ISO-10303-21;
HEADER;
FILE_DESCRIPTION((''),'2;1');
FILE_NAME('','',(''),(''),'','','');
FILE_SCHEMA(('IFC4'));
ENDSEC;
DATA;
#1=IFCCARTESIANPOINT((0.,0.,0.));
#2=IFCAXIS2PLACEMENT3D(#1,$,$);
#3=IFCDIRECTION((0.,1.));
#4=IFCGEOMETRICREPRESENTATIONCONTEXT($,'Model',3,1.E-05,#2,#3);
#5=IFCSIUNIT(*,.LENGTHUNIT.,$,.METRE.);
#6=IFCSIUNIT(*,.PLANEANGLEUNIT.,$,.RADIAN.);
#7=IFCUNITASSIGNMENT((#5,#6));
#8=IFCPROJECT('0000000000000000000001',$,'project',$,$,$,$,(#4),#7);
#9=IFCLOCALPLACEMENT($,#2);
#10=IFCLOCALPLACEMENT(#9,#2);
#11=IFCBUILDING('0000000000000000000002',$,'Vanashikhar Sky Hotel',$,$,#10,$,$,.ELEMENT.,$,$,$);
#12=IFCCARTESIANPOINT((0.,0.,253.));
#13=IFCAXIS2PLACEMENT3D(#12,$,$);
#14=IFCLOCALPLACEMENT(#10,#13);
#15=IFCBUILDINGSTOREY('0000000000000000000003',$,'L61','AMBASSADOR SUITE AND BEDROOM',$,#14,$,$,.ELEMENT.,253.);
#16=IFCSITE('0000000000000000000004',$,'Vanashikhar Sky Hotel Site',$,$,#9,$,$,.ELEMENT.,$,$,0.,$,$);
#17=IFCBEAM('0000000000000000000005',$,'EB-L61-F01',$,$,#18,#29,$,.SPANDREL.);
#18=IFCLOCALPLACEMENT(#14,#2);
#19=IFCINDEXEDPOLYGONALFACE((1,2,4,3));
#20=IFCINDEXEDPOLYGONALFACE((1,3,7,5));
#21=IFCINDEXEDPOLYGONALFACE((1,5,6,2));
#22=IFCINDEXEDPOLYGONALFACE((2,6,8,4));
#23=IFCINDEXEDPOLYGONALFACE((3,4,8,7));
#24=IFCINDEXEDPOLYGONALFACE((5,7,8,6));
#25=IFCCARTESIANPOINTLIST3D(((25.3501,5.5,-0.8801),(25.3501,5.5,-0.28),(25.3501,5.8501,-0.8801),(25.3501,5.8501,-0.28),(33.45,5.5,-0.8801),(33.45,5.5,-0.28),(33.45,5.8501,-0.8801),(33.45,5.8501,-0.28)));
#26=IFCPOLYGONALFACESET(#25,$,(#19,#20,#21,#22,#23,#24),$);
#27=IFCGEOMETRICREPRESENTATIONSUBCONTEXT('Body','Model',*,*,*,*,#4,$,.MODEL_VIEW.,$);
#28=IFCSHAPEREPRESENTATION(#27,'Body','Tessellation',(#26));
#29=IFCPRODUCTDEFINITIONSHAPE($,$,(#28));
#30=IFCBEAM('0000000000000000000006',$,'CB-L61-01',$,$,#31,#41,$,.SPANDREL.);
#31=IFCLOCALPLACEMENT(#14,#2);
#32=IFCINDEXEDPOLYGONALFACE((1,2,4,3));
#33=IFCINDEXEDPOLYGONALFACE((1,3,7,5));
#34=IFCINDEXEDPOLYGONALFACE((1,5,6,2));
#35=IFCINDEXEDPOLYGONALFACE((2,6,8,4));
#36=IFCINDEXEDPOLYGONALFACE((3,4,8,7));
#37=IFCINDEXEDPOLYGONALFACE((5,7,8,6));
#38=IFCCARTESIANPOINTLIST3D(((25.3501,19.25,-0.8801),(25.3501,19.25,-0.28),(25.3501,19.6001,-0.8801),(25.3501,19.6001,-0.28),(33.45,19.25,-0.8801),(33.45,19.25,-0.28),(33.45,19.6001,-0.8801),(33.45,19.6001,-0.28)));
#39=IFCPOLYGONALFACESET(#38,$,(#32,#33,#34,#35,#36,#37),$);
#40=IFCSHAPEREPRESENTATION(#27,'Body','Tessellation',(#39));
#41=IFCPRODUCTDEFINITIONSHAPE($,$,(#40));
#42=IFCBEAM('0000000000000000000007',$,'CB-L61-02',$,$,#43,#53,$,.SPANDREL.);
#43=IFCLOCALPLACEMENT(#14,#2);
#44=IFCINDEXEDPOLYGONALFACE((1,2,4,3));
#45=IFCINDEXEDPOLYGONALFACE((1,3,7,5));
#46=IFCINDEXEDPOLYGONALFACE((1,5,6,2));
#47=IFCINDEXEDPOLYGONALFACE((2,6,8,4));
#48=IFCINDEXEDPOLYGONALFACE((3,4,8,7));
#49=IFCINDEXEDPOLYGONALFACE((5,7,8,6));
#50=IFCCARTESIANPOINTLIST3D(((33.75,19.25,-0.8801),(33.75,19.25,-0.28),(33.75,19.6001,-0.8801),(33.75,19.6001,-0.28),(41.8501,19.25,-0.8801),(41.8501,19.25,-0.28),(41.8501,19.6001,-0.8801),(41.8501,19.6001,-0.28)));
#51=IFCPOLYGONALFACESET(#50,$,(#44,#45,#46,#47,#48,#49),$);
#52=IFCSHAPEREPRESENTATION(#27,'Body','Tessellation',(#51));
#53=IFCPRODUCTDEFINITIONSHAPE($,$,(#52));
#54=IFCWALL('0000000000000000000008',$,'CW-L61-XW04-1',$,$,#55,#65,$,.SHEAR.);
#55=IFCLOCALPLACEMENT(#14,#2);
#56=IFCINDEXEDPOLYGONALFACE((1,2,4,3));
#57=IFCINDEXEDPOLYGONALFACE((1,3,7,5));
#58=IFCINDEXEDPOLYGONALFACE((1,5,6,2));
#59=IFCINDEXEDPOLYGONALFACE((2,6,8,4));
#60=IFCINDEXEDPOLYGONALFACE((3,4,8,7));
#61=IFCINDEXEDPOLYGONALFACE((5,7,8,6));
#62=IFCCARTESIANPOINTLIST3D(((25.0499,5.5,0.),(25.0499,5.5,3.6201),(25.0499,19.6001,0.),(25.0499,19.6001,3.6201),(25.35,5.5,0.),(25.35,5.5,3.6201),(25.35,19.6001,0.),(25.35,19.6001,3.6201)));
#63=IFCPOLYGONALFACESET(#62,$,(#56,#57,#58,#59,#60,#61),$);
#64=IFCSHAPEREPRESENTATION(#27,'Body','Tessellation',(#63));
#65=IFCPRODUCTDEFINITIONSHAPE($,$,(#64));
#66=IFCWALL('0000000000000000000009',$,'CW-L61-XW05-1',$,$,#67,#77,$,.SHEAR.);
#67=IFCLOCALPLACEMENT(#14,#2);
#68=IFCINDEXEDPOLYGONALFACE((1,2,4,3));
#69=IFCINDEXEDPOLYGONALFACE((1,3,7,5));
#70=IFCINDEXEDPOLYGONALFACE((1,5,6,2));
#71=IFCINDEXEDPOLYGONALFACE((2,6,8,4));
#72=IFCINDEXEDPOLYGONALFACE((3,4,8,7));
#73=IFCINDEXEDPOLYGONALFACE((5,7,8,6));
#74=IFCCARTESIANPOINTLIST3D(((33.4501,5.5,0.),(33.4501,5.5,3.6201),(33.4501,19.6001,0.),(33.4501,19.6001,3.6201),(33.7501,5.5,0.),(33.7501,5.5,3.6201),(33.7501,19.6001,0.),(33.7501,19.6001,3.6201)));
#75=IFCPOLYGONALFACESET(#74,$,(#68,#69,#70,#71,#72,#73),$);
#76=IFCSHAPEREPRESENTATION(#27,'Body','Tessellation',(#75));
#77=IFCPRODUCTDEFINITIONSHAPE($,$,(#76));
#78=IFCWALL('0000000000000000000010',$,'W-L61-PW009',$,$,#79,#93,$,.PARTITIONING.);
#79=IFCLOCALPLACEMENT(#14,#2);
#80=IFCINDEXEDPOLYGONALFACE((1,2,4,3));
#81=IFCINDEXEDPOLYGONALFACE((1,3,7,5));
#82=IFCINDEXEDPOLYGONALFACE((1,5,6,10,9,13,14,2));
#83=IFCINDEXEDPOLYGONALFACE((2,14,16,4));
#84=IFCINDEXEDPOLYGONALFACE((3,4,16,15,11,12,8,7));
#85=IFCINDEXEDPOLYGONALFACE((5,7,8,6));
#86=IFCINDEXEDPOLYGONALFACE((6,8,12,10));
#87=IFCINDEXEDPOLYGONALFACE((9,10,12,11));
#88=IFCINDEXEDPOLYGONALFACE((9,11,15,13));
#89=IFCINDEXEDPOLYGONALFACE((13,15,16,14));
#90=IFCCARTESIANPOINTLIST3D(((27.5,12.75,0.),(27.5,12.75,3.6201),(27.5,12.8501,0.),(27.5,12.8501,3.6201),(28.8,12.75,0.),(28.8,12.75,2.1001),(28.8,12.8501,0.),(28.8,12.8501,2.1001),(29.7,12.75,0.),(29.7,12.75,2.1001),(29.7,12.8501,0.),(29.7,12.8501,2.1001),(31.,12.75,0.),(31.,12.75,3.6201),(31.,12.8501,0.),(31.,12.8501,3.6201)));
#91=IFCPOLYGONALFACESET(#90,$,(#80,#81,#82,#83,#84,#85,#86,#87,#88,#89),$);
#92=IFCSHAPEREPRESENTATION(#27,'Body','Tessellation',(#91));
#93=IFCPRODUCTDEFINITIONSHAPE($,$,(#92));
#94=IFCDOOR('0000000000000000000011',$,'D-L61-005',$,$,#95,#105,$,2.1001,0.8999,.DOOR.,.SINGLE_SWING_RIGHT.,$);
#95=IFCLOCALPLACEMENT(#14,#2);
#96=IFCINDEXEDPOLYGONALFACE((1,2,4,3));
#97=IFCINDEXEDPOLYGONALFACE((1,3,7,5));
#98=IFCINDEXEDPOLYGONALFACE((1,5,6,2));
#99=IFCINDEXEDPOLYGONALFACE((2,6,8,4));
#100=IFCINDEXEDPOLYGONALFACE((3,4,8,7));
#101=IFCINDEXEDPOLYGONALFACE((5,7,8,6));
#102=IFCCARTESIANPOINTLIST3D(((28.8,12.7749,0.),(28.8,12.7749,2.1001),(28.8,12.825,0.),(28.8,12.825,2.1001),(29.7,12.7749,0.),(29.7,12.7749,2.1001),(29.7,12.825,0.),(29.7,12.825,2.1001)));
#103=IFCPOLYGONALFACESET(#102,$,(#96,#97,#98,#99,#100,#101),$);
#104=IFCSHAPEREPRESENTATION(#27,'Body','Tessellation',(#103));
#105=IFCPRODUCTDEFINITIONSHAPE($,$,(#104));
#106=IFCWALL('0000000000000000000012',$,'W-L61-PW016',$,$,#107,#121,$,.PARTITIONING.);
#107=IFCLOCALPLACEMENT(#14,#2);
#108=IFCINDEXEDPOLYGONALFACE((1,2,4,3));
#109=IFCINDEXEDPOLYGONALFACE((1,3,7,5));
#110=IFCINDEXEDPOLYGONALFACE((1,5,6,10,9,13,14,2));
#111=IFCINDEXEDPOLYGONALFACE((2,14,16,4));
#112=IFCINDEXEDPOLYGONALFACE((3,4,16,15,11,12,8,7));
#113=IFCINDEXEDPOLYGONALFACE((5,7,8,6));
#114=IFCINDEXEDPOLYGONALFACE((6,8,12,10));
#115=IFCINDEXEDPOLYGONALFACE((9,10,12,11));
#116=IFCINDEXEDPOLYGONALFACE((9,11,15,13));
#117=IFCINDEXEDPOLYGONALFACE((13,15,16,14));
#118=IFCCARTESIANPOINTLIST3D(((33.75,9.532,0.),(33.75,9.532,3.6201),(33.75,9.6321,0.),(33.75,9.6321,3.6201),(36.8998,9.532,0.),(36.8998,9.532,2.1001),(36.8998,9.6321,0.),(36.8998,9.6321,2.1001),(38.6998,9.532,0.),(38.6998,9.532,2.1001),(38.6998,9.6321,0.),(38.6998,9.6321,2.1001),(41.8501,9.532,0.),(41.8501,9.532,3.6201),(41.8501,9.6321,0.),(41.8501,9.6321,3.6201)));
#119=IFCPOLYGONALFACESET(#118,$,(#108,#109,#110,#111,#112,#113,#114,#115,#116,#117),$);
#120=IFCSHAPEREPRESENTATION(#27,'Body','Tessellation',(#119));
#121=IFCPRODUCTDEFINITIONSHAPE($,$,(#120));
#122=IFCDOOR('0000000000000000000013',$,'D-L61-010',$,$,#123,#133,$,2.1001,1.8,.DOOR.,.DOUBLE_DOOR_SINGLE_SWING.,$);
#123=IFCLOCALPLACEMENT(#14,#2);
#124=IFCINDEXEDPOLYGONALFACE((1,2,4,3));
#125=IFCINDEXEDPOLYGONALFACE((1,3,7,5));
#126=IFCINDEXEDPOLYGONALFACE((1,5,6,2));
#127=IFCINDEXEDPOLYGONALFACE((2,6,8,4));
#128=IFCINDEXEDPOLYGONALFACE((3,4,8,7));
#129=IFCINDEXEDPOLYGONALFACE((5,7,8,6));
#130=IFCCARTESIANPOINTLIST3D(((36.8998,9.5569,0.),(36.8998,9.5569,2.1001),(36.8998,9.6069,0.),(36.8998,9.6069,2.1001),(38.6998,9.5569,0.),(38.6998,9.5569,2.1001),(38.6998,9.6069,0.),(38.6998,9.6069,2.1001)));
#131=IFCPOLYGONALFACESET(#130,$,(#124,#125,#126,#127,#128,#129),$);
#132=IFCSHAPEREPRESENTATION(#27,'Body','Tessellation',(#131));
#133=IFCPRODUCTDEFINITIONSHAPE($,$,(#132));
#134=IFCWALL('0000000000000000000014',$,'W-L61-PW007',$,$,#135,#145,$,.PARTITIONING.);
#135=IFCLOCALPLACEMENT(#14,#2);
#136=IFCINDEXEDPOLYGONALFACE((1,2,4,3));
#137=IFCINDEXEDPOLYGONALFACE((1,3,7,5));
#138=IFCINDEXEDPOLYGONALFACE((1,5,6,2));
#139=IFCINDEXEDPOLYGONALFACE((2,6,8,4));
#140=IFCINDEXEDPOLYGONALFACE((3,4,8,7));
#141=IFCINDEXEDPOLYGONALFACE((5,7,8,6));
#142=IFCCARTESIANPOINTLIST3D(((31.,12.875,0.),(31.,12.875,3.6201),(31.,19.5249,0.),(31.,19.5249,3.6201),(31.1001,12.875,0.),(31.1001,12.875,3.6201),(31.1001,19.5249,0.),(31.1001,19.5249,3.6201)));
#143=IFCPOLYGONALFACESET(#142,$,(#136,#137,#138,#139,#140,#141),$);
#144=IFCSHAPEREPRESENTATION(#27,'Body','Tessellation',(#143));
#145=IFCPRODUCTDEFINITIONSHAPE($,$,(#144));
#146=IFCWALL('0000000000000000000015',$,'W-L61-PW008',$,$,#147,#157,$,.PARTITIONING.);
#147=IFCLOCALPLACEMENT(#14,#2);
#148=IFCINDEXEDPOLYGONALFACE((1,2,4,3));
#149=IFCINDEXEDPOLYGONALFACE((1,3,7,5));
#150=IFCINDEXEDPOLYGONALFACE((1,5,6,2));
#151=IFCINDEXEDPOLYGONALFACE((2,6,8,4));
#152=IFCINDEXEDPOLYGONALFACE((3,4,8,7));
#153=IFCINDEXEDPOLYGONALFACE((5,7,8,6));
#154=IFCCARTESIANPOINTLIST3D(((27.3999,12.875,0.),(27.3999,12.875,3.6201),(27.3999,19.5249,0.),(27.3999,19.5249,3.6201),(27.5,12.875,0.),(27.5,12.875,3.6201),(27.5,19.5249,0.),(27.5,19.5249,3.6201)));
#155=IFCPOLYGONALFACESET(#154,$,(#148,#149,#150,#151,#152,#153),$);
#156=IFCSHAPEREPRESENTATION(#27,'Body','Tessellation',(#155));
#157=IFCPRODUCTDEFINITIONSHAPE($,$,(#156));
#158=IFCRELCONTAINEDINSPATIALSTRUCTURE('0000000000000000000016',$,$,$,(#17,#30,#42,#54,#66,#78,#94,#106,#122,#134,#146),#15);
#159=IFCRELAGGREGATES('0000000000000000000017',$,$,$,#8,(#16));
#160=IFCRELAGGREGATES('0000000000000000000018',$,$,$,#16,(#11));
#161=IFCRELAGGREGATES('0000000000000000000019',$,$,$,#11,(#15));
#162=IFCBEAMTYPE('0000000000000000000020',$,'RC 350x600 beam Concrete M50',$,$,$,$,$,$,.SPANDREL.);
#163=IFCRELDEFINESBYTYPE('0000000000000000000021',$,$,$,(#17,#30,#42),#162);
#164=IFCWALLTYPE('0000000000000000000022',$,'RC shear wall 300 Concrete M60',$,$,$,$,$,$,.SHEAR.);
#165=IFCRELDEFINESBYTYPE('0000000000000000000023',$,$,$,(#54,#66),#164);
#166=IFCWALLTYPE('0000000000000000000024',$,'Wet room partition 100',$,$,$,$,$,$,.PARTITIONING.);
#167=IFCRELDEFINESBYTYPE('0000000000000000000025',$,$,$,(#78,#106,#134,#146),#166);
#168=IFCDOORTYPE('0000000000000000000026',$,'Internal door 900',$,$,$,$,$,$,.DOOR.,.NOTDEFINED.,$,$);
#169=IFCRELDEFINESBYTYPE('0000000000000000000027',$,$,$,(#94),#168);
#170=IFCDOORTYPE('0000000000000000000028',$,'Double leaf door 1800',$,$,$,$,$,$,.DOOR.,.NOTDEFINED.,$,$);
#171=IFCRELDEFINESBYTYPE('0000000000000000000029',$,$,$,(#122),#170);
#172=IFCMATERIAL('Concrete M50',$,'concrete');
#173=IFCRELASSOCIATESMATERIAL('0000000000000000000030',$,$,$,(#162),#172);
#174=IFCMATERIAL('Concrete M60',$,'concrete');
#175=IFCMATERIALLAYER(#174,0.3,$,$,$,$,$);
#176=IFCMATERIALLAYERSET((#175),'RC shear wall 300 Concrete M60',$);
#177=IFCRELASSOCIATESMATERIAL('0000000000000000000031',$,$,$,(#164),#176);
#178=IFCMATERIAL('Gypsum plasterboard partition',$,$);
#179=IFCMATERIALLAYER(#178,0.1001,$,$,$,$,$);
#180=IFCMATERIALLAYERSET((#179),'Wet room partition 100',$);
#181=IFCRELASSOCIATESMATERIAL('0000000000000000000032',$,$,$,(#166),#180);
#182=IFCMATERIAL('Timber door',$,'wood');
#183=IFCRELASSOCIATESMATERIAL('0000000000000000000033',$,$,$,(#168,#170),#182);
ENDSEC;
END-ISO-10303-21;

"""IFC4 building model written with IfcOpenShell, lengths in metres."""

from ifc_helpers import new_model, si_unit, direction, frame, frame_2d, origin, origin_2d, place, context, subcontext, project, spatial, rectangle, extrude, source, transform, mapped, material, layer, layer_set, material_profile, profile_set, type_object, element, fill, save


model = new_model("IFC4")

# Units and contexts
model_context = context("Model", 3, precision=1e-05, world=origin(), true_north=direction((0.0, 1.0)))
body_context = subcontext(model_context, "Body", "Model", "MODEL_VIEW")
ifc_project = project(units=[si_unit("LENGTHUNIT", "METRE"), si_unit("PLANEANGLEUNIT", "RADIAN")], contexts=[model_context])

# Site, building, storey
site_placement = place(None, origin())
site = spatial("IfcSite", under=ifc_project, at=site_placement, Name="Vanashikhar Sky Hotel Site", CompositionType="ELEMENT", RefElevation=0.0)
building_placement = place(site_placement, origin())
building = spatial("IfcBuilding", under=site, at=building_placement, Name="Vanashikhar Sky Hotel", CompositionType="ELEMENT")
storey_placement = place(building_placement, frame((0.0, 0.0, 253.0)))
storey = spatial("IfcBuildingStorey", under=building, at=storey_placement, Name="L61", Description="AMBASSADOR SUITE AND BEDROOM", CompositionType="ELEMENT", Elevation=253.0)

# Beams
ifc_material_1 = material(Name="Concrete M50", Category="concrete")
ifc_material_profile = material_profile(ifc_material_1, rectangle(XDim=0.3501, YDim=0.6001, at=origin_2d()))
ifc_profile_set = profile_set([ifc_material_profile], Name="RC 350x600 beam Concrete M50")
beam_type = type_object("IfcBeamType", Name="RC 350x600 beam Concrete M50", PredefinedType="SPANDREL", material=ifc_profile_set)
shared_shape_1 = source(origin(), body_context, "Body", "SweptSolid", [
    extrude(rectangle(XDim=0.3501, YDim=0.6001, at=origin_2d()), origin(), (0.0, 0.0, 1.0), 8.0999),
])
for number, where, z_axis, x_axis, name in (
    (1, (25.3501, 5.675, -0.5801), (1.0, 0.0, 0.0), (0.0, 1.0, 0.0), "EB-L61-F01"),
    (2, (25.3501, 19.425, -0.5801), (1.0, 0.0, 0.0), (0.0, 1.0, 0.0), "CB-L61-01"),
):
    element("IfcBeam", number, at=place(storey_placement, frame(where, z_axis=z_axis, x_axis=x_axis)), inside=storey, type_object=beam_type, Name=name, PredefinedType="SPANDREL", context=body_context, shape_type="MappedRepresentation", body=[
        mapped(shared_shape_1, transform((0.0, 0.0, 0.0), scale=1.0)),
    ])
shared_shape_2 = source(origin(), body_context, "Body", "SweptSolid", [
    extrude(rectangle(XDim=0.3501, YDim=0.6001, at=origin_2d()), origin(), (0.0, 0.0, 1.0), 8.1001),
])
beam_placement = place(storey_placement, frame((33.75, 19.425, -0.5801), z_axis=(1.0, 0.0, 0.0), x_axis=(0.0, 1.0, 0.0)))
element("IfcBeam", 3, at=beam_placement, inside=storey, type_object=beam_type, Name="CB-L61-02", PredefinedType="SPANDREL", context=body_context, shape_type="MappedRepresentation", body=[
    mapped(shared_shape_2, transform((0.0, 0.0, 0.0), scale=1.0)),
])

# Walls
ifc_material_2 = material(Name="Concrete M60", Category="concrete")
ifc_layer_1 = layer(ifc_material_2, 0.3)
ifc_layer_set_1 = layer_set([ifc_layer_1], Name="RC shear wall 300 Concrete M60")
wall_type_1 = type_object("IfcWallType", Name="RC shear wall 300 Concrete M60", PredefinedType="SHEAR", material=ifc_layer_set_1)
shared_shape_3 = source(origin(), body_context, "Body", "SweptSolid", [
    extrude(rectangle(XDim=14.1001, YDim=0.3, at=frame_2d((7.05, 0.0))), origin(), (0.0, 0.0, 1.0), 3.6201),
])
for number, where, z_axis, x_axis, name in (
    (4, (25.2, 5.5, 0.0), (0.0, 0.0, 1.0), (0.0, 1.0, 0.0), "CW-L61-XW04-1"),
    (5, (33.6001, 5.5, 0.0), (0.0, 0.0, 1.0), (0.0, 1.0, 0.0), "CW-L61-XW05-1"),
):
    element("IfcWall", number, at=place(storey_placement, frame(where, z_axis=z_axis, x_axis=x_axis)), inside=storey, type_object=wall_type_1, Name=name, PredefinedType="SHEAR", context=body_context, shape_type="MappedRepresentation", body=[
        mapped(shared_shape_3, transform((0.0, 0.0, 0.0), scale=1.0)),
    ])

# Walls, openings, doors
ifc_material_3 = material(Name="Gypsum plasterboard partition")
ifc_layer_2 = layer(ifc_material_3, 0.1001)
ifc_layer_set_2 = layer_set([ifc_layer_2], Name="Wet room partition 100")
wall_type_2 = type_object("IfcWallType", Name="Wet room partition 100", PredefinedType="PARTITIONING", material=ifc_layer_set_2)
shared_shape_4 = source(origin(), body_context, "Body", "SweptSolid", [
    extrude(rectangle(XDim=3.5, YDim=0.1001, at=frame_2d((1.75, 0.0))), origin(), (0.0, 0.0, 1.0), 3.6201),
])
wall_1_placement = place(storey_placement, frame((27.5, 12.8, 0.0), z_axis=(0.0, 0.0, 1.0), x_axis=(1.0, 0.0, 0.0)))
wall_1 = element("IfcWall", 6, at=wall_1_placement, inside=storey, type_object=wall_type_2, Name="W-L61-PW009", PredefinedType="PARTITIONING", context=body_context, shape_type="MappedRepresentation", body=[
    mapped(shared_shape_4, transform((0.0, 0.0, 0.0), scale=1.0)),
])
shared_shape_5 = source(origin(), body_context, "Body", "SweptSolid", [
    extrude(rectangle(XDim=0.8999, YDim=2.1001, at=frame_2d((0.45, 1.05))), frame((0.0, 0.0601, 0.0), z_axis=(0.0, -1.0, 0.0), x_axis=(1.0, 0.0, 0.0)), (0.0, 0.0, 1.0), 0.1201),
])
opening_1_placement = place(wall_1_placement, frame((1.3, 0.0, 0.0)))
opening_1 = element("IfcOpeningElement", 7, at=opening_1_placement, cuts=wall_1, PredefinedType="OPENING", context=body_context, shape_type="MappedRepresentation", body=[
    mapped(shared_shape_5, transform((0.0, 0.0, 0.0), scale=1.0)),
])
ifc_material_4 = material(Name="Timber door", Category="wood")
door_type_1 = type_object("IfcDoorType", Name="Internal door 900", OperationType="NOTDEFINED", PredefinedType="DOOR", material=ifc_material_4)
shared_shape_6 = source(origin(), body_context, "Body", "SweptSolid", [
    extrude(rectangle(XDim=0.8999, YDim=2.1001, at=frame_2d((0.45, 1.05))), frame((0.0, 0.0249, 0.0), z_axis=(0.0, -1.0, 0.0), x_axis=(1.0, 0.0, 0.0)), (0.0, 0.0, 1.0), 0.05),
])
door_1_placement = place(opening_1_placement, origin())
door_1 = element("IfcDoor", 8, at=door_1_placement, inside=storey, type_object=door_type_1, Name="D-L61-005", OperationType="SINGLE_SWING_RIGHT", OverallHeight=2.1001, OverallWidth=0.8999, PredefinedType="DOOR", context=body_context, shape_type="MappedRepresentation", body=[
    mapped(shared_shape_6, transform((0.0, 0.0, 0.0), scale=1.0)),
])
fill(opening_1, door_1)
shared_shape_7 = source(origin(), body_context, "Body", "SweptSolid", [
    extrude(rectangle(XDim=8.1001, YDim=0.1001, at=frame_2d((4.05, 0.0))), origin(), (0.0, 0.0, 1.0), 3.6201),
])
wall_2_placement = place(storey_placement, frame((33.75, 9.582, 0.0), z_axis=(0.0, 0.0, 1.0), x_axis=(1.0, 0.0, 0.0)))
wall_2 = element("IfcWall", 9, at=wall_2_placement, inside=storey, type_object=wall_type_2, Name="W-L61-PW016", PredefinedType="PARTITIONING", context=body_context, shape_type="MappedRepresentation", body=[
    mapped(shared_shape_7, transform((0.0, 0.0, 0.0), scale=1.0)),
])
shared_shape_8 = source(origin(), body_context, "Body", "SweptSolid", [
    extrude(rectangle(XDim=1.8, YDim=2.1001, at=frame_2d((0.8999, 1.05))), frame((0.0, 0.0601, 0.0), z_axis=(0.0, -1.0, 0.0), x_axis=(1.0, 0.0, 0.0)), (0.0, 0.0, 1.0), 0.1201),
])
opening_2_placement = place(wall_2_placement, frame((3.1499, 0.0, 0.0)))
opening_2 = element("IfcOpeningElement", 10, at=opening_2_placement, cuts=wall_2, PredefinedType="OPENING", context=body_context, shape_type="MappedRepresentation", body=[
    mapped(shared_shape_8, transform((0.0, 0.0, 0.0), scale=1.0)),
])
door_type_2 = type_object("IfcDoorType", Name="Double leaf door 1800", OperationType="NOTDEFINED", PredefinedType="DOOR", material=ifc_material_4)
shared_shape_9 = source(origin(), body_context, "Body", "SweptSolid", [
    extrude(rectangle(XDim=1.8, YDim=2.1001, at=frame_2d((0.8999, 1.05))), frame((0.0, 0.0249, 0.0), z_axis=(0.0, -1.0, 0.0), x_axis=(1.0, 0.0, 0.0)), (0.0, 0.0, 1.0), 0.05),
])
door_2_placement = place(opening_2_placement, origin())
door_2 = element("IfcDoor", 11, at=door_2_placement, inside=storey, type_object=door_type_2, Name="D-L61-010", OperationType="DOUBLE_DOOR_SINGLE_SWING", OverallHeight=2.1001, OverallWidth=1.8, PredefinedType="DOOR", context=body_context, shape_type="MappedRepresentation", body=[
    mapped(shared_shape_9, transform((0.0, 0.0, 0.0), scale=1.0)),
])
fill(opening_2, door_2)

# Walls
shared_shape_10 = source(origin(), body_context, "Body", "SweptSolid", [
    extrude(rectangle(XDim=6.6499, YDim=0.1001, at=frame_2d((3.325, 0.0))), origin(), (0.0, 0.0, 1.0), 3.6201),
])
for number, where, z_axis, x_axis, name in (
    (12, (31.05, 12.875, 0.0), (0.0, 0.0, 1.0), (0.0, 1.0, 0.0), "W-L61-PW007"),
    (13, (27.45, 12.875, 0.0), (0.0, 0.0, 1.0), (0.0, 1.0, 0.0), "W-L61-PW008"),
):
    element("IfcWall", number, at=place(storey_placement, frame(where, z_axis=z_axis, x_axis=x_axis)), inside=storey, type_object=wall_type_2, Name=name, PredefinedType="PARTITIONING", context=body_context, shape_type="MappedRepresentation", body=[
        mapped(shared_shape_10, transform((0.0, 0.0, 0.0), scale=1.0)),
    ])

save(model, "model.ifc")
